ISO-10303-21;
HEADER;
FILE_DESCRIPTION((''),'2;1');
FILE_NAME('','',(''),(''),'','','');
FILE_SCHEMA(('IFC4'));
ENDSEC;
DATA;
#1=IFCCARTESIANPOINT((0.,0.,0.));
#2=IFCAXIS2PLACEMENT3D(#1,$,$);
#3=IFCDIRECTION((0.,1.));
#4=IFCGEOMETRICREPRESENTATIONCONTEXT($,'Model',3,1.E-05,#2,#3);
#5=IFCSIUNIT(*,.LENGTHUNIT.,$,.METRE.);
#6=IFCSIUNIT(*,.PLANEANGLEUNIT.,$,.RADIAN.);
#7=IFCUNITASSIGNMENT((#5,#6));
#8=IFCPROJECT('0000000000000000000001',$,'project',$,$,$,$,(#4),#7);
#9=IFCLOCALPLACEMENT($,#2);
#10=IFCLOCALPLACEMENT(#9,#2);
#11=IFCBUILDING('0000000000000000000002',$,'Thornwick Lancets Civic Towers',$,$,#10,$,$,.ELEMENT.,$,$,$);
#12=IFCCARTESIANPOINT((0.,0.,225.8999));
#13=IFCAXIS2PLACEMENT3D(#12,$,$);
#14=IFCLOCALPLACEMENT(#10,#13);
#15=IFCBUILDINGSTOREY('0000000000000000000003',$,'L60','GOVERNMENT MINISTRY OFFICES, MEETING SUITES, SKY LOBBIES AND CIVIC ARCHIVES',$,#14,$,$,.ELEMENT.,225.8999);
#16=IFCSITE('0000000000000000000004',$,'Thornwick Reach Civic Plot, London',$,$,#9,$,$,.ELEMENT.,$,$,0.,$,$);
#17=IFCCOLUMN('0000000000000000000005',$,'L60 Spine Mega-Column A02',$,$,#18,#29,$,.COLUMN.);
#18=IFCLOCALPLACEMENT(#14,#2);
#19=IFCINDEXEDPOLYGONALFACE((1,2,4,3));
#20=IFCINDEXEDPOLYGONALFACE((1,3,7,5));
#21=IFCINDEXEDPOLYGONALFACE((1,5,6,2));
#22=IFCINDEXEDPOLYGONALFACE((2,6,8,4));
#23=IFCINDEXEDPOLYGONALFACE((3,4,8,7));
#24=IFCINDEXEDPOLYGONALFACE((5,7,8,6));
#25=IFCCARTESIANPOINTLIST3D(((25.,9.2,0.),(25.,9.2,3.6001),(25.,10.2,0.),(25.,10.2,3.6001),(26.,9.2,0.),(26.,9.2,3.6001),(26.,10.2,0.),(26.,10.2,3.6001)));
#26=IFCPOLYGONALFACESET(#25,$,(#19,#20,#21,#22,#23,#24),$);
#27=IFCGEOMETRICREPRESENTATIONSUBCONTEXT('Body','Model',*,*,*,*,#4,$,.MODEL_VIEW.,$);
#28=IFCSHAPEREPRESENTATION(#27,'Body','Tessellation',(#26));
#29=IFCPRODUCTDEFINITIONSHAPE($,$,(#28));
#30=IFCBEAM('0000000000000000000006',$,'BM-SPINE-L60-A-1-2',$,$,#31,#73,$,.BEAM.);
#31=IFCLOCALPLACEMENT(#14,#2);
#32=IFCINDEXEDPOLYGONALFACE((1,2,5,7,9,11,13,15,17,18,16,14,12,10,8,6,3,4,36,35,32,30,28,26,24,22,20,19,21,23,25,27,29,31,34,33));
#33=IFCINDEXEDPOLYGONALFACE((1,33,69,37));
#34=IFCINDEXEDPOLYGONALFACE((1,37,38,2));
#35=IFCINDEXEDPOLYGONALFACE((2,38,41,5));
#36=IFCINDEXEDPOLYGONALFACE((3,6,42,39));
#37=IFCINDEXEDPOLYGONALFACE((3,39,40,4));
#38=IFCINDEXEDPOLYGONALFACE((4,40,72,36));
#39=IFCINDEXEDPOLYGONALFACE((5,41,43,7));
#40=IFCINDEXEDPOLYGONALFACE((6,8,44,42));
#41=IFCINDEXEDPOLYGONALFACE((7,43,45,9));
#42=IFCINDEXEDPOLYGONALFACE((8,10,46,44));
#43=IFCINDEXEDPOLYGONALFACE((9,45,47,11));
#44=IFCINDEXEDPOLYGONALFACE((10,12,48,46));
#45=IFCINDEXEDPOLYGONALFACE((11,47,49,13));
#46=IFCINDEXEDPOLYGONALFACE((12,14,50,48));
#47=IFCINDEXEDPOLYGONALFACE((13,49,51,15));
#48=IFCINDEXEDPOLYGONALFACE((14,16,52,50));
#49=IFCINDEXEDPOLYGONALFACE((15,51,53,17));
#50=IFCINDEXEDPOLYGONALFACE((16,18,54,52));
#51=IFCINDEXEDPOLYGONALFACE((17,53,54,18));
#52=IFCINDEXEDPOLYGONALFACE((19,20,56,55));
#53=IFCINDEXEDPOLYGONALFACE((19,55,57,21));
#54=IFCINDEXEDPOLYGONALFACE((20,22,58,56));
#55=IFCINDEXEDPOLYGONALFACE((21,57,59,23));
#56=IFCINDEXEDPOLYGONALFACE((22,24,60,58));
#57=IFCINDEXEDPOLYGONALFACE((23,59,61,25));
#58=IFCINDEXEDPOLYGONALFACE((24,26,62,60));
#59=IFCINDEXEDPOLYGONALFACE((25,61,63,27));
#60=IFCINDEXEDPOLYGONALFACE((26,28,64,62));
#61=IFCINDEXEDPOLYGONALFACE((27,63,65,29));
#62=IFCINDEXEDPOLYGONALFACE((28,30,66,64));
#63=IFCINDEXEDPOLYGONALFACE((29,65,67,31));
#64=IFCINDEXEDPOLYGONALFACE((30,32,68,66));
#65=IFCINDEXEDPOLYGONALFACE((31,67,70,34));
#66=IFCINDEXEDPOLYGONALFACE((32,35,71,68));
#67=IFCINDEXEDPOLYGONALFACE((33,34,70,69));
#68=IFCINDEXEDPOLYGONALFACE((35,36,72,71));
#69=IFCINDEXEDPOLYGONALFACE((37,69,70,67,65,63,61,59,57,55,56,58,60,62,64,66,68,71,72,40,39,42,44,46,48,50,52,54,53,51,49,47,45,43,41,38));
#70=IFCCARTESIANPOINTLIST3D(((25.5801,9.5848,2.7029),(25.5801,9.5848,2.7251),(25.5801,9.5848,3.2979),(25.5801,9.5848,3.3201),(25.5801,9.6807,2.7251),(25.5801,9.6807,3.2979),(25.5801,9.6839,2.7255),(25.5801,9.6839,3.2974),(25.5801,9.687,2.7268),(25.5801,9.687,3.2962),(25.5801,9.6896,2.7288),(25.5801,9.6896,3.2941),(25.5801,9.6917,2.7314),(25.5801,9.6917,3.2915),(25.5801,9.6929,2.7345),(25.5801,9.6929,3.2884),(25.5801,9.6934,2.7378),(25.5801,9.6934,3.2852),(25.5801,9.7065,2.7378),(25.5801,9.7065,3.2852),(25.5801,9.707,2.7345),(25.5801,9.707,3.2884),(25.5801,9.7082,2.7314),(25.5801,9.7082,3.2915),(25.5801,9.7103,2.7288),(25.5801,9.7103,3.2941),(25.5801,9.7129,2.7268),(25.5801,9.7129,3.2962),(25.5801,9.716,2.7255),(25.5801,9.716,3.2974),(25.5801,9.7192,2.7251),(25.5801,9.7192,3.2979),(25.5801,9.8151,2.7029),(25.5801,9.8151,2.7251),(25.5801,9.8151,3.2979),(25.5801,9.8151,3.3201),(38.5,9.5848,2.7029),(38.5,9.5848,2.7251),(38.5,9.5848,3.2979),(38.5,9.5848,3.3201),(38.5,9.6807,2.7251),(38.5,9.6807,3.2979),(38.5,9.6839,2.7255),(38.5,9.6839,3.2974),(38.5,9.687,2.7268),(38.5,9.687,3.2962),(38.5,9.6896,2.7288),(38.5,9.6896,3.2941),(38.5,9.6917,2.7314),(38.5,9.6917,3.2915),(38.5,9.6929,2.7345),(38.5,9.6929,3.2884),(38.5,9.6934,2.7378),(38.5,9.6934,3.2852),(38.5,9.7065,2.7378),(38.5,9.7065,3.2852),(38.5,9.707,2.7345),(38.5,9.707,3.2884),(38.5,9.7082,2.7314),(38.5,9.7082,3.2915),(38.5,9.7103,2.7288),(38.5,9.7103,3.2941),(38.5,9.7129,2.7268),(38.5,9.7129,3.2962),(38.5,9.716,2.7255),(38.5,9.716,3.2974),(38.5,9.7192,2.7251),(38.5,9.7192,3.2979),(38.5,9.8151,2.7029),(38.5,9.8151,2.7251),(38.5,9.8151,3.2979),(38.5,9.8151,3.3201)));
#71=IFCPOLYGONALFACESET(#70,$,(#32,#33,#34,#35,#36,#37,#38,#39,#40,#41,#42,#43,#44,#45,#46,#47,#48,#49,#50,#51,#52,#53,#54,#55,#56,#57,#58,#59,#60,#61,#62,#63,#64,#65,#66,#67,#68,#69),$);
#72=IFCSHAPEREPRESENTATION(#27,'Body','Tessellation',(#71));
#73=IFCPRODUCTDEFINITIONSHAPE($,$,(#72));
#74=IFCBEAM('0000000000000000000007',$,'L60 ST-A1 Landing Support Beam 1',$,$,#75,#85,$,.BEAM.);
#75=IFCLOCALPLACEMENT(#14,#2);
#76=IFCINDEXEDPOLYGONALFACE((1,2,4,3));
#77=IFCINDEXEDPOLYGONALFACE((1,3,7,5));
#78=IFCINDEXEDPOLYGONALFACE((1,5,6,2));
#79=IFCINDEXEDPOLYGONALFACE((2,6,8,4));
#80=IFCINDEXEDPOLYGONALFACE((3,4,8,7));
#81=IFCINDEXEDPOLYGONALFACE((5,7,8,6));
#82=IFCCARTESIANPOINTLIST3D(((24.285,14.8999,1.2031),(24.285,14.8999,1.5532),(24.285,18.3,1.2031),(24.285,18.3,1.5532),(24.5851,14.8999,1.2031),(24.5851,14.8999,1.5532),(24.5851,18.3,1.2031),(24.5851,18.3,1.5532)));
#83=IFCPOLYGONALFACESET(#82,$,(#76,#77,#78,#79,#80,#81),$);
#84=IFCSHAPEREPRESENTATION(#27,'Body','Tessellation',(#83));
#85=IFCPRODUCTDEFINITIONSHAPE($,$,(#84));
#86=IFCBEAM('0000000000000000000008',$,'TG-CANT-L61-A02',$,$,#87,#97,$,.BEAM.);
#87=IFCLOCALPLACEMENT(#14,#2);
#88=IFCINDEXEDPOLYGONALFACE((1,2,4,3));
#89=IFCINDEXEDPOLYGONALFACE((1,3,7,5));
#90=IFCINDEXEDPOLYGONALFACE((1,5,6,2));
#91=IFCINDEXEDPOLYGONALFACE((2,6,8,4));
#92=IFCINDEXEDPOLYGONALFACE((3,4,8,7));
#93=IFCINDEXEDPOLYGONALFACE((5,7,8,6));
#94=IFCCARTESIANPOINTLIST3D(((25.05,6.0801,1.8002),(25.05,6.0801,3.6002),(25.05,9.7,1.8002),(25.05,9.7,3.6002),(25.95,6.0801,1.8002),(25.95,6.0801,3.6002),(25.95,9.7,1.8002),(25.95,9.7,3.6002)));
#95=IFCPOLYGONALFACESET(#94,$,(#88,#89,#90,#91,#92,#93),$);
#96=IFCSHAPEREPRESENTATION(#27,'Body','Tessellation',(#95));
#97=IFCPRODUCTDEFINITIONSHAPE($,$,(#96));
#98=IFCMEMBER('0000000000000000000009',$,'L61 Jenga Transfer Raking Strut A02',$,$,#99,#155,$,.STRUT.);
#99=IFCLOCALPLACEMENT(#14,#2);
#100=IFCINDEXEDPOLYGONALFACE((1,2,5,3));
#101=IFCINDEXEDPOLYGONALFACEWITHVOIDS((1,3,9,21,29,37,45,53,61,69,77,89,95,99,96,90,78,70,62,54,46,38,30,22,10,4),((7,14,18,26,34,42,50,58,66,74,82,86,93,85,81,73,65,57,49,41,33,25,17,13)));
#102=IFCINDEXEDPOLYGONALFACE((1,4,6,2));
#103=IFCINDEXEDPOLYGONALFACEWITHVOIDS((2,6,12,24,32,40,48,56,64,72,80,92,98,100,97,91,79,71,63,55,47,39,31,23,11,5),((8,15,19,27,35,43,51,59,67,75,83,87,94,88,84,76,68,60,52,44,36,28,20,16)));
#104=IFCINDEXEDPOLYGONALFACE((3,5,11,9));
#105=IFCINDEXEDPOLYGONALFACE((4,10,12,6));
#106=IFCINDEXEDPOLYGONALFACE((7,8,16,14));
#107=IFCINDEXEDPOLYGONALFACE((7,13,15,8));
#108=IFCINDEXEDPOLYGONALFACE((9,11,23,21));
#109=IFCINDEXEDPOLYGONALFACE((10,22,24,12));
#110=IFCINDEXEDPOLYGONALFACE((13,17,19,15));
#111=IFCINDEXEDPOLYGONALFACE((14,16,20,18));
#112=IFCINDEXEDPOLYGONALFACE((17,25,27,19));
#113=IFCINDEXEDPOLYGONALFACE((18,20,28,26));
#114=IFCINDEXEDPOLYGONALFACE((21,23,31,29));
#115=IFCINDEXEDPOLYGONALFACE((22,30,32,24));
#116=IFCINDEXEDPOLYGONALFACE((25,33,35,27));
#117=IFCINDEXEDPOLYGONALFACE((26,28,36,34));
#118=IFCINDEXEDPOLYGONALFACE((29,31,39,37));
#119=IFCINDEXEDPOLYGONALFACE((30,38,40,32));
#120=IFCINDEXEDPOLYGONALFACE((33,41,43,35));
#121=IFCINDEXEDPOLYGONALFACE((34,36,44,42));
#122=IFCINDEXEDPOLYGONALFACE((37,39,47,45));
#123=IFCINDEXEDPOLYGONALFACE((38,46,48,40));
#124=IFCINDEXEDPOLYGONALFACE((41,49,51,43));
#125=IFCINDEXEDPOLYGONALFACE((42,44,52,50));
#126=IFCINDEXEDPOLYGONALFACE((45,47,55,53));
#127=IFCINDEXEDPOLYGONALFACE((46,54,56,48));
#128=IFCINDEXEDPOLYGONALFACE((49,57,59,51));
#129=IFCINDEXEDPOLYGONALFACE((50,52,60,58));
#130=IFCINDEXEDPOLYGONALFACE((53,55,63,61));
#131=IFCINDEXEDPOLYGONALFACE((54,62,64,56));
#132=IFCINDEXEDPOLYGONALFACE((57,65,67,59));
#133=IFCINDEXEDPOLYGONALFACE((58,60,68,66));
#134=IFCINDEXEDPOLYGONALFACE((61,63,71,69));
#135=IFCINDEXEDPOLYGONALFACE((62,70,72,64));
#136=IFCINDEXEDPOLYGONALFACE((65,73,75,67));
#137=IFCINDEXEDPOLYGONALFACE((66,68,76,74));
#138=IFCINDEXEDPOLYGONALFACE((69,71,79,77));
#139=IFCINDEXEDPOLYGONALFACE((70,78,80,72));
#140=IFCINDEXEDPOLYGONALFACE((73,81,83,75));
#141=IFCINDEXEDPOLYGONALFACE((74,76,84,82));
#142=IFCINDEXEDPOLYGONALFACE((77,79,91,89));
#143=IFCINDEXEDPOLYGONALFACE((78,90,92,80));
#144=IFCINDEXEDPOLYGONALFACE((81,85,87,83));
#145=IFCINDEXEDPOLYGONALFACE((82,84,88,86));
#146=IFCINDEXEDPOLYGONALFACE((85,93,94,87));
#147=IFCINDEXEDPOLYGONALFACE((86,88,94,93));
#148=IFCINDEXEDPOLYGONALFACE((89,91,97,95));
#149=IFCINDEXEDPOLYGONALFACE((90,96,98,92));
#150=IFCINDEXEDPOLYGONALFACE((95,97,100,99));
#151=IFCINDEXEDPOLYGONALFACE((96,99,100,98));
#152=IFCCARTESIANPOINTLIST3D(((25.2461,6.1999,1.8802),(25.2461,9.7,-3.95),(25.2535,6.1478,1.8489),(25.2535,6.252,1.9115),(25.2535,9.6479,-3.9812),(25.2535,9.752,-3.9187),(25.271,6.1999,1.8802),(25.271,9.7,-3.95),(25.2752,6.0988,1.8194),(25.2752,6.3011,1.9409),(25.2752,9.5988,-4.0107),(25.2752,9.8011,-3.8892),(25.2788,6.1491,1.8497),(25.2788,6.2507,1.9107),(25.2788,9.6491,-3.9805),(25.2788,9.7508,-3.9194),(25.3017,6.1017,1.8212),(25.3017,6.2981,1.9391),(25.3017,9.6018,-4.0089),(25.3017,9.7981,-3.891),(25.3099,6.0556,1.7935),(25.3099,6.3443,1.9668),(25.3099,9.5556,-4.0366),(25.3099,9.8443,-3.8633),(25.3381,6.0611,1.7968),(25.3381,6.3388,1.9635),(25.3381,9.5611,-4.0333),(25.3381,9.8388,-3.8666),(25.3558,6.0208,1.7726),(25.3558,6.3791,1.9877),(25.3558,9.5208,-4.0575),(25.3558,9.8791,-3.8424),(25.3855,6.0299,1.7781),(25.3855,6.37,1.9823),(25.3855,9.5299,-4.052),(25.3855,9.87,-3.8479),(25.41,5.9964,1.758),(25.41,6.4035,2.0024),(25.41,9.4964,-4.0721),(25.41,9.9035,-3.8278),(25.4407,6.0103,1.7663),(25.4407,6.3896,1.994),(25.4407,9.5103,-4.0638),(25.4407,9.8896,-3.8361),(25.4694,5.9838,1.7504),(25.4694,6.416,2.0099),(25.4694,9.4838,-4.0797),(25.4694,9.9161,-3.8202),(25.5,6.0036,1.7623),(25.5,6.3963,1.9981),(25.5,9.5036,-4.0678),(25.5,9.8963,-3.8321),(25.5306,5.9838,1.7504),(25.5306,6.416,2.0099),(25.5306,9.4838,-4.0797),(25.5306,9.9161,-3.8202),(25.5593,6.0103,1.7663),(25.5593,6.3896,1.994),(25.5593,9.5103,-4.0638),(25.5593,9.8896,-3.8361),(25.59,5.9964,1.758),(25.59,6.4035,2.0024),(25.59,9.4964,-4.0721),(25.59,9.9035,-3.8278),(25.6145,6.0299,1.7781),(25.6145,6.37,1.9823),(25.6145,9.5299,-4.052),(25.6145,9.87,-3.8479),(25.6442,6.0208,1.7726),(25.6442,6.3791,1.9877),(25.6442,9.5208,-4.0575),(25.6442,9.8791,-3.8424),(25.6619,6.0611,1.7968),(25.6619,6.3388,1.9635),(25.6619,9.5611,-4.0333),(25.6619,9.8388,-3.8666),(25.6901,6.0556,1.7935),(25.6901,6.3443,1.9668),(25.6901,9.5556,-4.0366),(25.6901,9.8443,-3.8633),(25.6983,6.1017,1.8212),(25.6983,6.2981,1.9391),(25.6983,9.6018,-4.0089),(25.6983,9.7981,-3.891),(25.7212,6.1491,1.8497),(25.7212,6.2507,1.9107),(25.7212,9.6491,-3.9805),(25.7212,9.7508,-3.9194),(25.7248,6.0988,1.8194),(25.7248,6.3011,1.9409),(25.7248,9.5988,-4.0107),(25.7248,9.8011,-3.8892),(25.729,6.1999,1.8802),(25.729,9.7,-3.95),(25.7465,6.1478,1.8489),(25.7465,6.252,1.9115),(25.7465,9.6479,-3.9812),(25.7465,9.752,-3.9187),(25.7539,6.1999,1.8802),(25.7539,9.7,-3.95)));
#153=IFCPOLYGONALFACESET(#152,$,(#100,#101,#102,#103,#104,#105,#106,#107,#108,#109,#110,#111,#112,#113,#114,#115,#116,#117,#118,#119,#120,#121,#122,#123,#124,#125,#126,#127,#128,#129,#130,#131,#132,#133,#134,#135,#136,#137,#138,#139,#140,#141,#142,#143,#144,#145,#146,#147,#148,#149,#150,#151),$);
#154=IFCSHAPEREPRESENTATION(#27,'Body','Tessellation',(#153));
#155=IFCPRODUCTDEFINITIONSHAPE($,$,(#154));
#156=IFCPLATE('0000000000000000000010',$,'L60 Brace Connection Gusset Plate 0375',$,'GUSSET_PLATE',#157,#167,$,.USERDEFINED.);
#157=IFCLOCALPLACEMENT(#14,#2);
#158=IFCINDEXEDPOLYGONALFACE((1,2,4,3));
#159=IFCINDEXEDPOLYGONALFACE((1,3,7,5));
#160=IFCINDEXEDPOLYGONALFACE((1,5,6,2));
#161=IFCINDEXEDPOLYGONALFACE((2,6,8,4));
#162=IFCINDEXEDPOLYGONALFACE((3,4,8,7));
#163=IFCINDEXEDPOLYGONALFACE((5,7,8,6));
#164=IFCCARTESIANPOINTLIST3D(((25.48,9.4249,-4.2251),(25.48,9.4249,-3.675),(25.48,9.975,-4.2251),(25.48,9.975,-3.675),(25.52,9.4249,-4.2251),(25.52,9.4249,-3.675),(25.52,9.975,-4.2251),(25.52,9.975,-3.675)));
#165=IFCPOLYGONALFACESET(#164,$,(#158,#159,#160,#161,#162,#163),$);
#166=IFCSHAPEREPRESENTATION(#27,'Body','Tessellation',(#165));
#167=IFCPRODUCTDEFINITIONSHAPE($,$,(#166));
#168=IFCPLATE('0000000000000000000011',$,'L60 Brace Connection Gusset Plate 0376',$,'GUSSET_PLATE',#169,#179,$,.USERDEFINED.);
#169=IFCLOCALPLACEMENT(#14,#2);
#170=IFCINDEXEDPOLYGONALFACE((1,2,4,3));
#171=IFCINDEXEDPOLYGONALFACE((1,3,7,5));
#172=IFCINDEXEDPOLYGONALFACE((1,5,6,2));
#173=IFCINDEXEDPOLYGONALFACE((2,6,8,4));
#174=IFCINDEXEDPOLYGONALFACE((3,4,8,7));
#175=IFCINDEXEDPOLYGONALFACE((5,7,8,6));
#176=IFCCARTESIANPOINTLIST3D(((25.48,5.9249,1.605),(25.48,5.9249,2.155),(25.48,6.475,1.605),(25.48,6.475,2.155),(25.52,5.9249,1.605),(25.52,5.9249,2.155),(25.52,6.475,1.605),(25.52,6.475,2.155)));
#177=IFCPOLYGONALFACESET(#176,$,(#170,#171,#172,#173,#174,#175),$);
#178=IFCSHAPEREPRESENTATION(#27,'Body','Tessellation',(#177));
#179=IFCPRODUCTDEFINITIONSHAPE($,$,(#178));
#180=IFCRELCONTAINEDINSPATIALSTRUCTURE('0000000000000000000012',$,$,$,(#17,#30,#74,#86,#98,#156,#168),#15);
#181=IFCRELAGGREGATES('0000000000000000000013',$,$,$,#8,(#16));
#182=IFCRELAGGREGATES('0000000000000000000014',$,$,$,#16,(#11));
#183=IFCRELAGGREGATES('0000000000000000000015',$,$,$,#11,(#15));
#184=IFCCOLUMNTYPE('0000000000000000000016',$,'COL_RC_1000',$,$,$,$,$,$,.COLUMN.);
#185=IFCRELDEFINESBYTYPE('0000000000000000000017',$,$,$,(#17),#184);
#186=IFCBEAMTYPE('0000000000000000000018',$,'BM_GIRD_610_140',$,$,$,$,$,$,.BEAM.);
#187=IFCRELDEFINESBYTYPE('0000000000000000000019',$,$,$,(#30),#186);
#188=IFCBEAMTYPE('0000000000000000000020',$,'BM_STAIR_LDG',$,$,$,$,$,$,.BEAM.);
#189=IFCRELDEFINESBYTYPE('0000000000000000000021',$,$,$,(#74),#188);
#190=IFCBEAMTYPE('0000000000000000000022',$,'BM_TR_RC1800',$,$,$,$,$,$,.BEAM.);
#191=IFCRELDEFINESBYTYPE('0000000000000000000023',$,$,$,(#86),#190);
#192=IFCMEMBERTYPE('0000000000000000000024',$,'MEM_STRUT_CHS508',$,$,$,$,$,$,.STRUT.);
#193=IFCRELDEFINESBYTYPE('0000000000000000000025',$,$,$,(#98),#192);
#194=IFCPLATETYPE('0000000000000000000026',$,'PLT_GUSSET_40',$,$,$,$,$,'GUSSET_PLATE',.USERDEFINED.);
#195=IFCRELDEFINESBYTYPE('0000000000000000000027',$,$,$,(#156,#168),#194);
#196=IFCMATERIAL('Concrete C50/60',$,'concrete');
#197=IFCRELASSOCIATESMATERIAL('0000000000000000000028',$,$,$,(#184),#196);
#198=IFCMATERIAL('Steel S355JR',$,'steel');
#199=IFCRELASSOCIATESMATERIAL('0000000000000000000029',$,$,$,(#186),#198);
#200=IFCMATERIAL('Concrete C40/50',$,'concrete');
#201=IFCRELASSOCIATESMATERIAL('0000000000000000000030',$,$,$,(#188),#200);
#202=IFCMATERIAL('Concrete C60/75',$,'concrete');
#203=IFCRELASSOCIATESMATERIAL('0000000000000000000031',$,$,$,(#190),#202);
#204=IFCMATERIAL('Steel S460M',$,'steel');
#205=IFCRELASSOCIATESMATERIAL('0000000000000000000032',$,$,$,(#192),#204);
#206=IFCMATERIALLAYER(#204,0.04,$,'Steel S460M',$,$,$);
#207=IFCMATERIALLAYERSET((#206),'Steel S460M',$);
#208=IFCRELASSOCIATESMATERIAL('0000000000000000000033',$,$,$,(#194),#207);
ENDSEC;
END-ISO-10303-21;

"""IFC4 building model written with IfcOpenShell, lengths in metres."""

from ifc_helpers import new_model, si_unit, direction, frame, origin, origin_2d, place, context, subcontext, project, spatial, rectangle, hollow_circle, i_section, extrude, material, layer, layer_set, material_profile, profile_set, type_object, element, save


model = new_model("IFC4")

# Units and contexts
model_context = context("Model", 3, precision=1e-05, world=origin(), true_north=direction((0.0, 1.0)))
body_context = subcontext(model_context, "Body", "Model", "MODEL_VIEW")
ifc_project = project(units=[si_unit("LENGTHUNIT", "METRE"), si_unit("PLANEANGLEUNIT", "RADIAN")], contexts=[model_context])

# Site, building, storey
site_placement = place(None, origin())
site = spatial("IfcSite", under=ifc_project, at=site_placement, Name="Thornwick Reach Civic Plot, London", CompositionType="ELEMENT", RefElevation=0.0)
building_placement = place(site_placement, origin())
building = spatial("IfcBuilding", under=site, at=building_placement, Name="Thornwick Lancets Civic Towers", CompositionType="ELEMENT")
storey_placement = place(building_placement, frame((0.0, 0.0, 225.8999)))
storey = spatial("IfcBuildingStorey", under=building, at=storey_placement, Name="L60", Description="GOVERNMENT MINISTRY OFFICES, MEETING SUITES, SKY LOBBIES AND CIVIC ARCHIVES", CompositionType="ELEMENT", Elevation=225.8999)

# Column
ifc_material_1 = material(Name="Concrete C50/60", Category="concrete")
ifc_material_profile_1 = material_profile(ifc_material_1, rectangle(XDim=1.0, YDim=1.0, at=origin_2d()), Name="RC 1000x1000")
ifc_profile_set_1 = profile_set([ifc_material_profile_1], Name="Concrete C50/60")
column_type = type_object("IfcColumnType", Name="COL_RC_1000", PredefinedType="COLUMN", material=ifc_profile_set_1)
column_placement = place(storey_placement, frame((25.5, 9.7, 0.0), z_axis=(0.0, 0.0, 1.0), x_axis=(1.0, 0.0, 0.0)))
element("IfcColumn", 1, at=column_placement, inside=storey, type_object=column_type, Name="L60 Spine Mega-Column A02", PredefinedType="COLUMN", context=body_context, shape_type="SweptSolid", body=[
    extrude(rectangle(XDim=1.0, YDim=1.0, at=origin_2d()), origin(), (0.0, 0.0, 1.0), 3.6001),
])

# Beams
ifc_material_2 = material(Name="Steel S355JR", Category="steel")
ifc_material_profile_2 = material_profile(ifc_material_2, i_section(OverallWidth=0.2302, OverallDepth=0.6172, WebThickness=0.0132, FlangeThickness=0.0222, FilletRadius=0.0127, at=origin_2d()), Name="UKB 610x229x140")
ifc_profile_set_2 = profile_set([ifc_material_profile_2], Name="Steel S355JR")
beam_type_1 = type_object("IfcBeamType", Name="BM_GIRD_610_140", PredefinedType="BEAM", material=ifc_profile_set_2)
beam_1_placement = place(storey_placement, frame((25.5801, 9.7, 3.0115), z_axis=(1.0, 0.0, 0.0), x_axis=(0.0, 1.0, 0.0)))
element("IfcBeam", 2, at=beam_1_placement, inside=storey, type_object=beam_type_1, Name="BM-SPINE-L60-A-1-2", PredefinedType="BEAM", context=body_context, shape_type="SweptSolid", body=[
    extrude(i_section(OverallWidth=0.2302, OverallDepth=0.6172, WebThickness=0.0132, FlangeThickness=0.0222, FilletRadius=0.0127, at=origin_2d()), origin(), (0.0, 0.0, 1.0), 12.9199),
])
ifc_material_3 = material(Name="Concrete C40/50", Category="concrete")
ifc_material_profile_3 = material_profile(ifc_material_3, rectangle(XDim=0.3, YDim=0.3501, at=origin_2d()), Name="RC 300x350")
ifc_profile_set_3 = profile_set([ifc_material_profile_3], Name="Concrete C40/50")
beam_type_2 = type_object("IfcBeamType", Name="BM_STAIR_LDG", PredefinedType="BEAM", material=ifc_profile_set_3)
beam_2_placement = place(storey_placement, frame((24.4351, 14.8999, 1.3782), z_axis=(0.0, 1.0, 0.0), x_axis=(-1.0, 0.0, 0.0)))
element("IfcBeam", 3, at=beam_2_placement, inside=storey, type_object=beam_type_2, Name="L60 ST-A1 Landing Support Beam 1", PredefinedType="BEAM", context=body_context, shape_type="SweptSolid", body=[
    extrude(rectangle(XDim=0.3, YDim=0.3501, at=origin_2d()), origin(), (0.0, 0.0, 1.0), 3.4001),
])
ifc_material_4 = material(Name="Concrete C60/75", Category="concrete")
ifc_material_profile_4 = material_profile(ifc_material_4, rectangle(XDim=0.8999, YDim=1.8, at=origin_2d()), Name="RC 900x1800")
ifc_profile_set_4 = profile_set([ifc_material_profile_4], Name="Concrete C60/75")
beam_type_3 = type_object("IfcBeamType", Name="BM_TR_RC1800", PredefinedType="BEAM", material=ifc_profile_set_4)
beam_3_placement = place(storey_placement, frame((25.5, 9.7, 2.7002), z_axis=(0.0, -1.0, 0.0), x_axis=(1.0, 0.0, 0.0)))
element("IfcBeam", 4, at=beam_3_placement, inside=storey, type_object=beam_type_3, Name="TG-CANT-L61-A02", PredefinedType="BEAM", context=body_context, shape_type="SweptSolid", body=[
    extrude(rectangle(XDim=0.8999, YDim=1.8, at=origin_2d()), origin(), (0.0, 0.0, 1.0), 3.6199),
])

# Member
ifc_material_5 = material(Name="Steel S460M", Category="steel")
ifc_material_profile_5 = material_profile(ifc_material_5, hollow_circle(Radius=0.2539, WallThickness=0.0249, at=origin_2d()), Name="CHS 508x25")
ifc_profile_set_5 = profile_set([ifc_material_profile_5], Name="Steel S460M")
member_type = type_object("IfcMemberType", Name="MEM_STRUT_CHS508", PredefinedType="STRUT", material=ifc_profile_set_5)
member_placement = place(storey_placement, frame((25.5, 9.7, -3.95), z_axis=(0.0, -0.514707, 0.857366), x_axis=(1.0, 0.0, 0.0)))
element("IfcMember", 5, at=member_placement, inside=storey, type_object=member_type, Name="L61 Jenga Transfer Raking Strut A02", PredefinedType="STRUT", context=body_context, shape_type="SweptSolid", body=[
    extrude(hollow_circle(Radius=0.2539, WallThickness=0.0249, at=origin_2d()), origin(), (0.0, 0.0, 1.0), 6.8),
])

# Plates
ifc_layer_1 = layer(ifc_material_5, 0.04, Name="Steel S460M")
ifc_layer_set_1 = layer_set([ifc_layer_1], Name="Steel S460M")
plate_type = type_object("IfcPlateType", Name="PLT_GUSSET_40", ElementType="GUSSET_PLATE", PredefinedType="USERDEFINED", material=ifc_layer_set_1)
for number, where, z_axis, x_axis, name in (
    (6, (25.5, 9.7, -4.2251), (0.0, 0.0, 1.0), (0.0, -1.0, 0.0), "L60 Brace Connection Gusset Plate 0375"),
    (7, (25.5, 6.2, 1.605), (0.0, 0.0, 1.0), (0.0, -1.0, 0.0), "L60 Brace Connection Gusset Plate 0376"),
):
    element("IfcPlate", number, at=place(storey_placement, frame(where, z_axis=z_axis, x_axis=x_axis)), inside=storey, type_object=plate_type, Name=name, ObjectType="GUSSET_PLATE", PredefinedType="USERDEFINED", context=body_context, shape_type="SweptSolid", body=[
        extrude(rectangle(XDim=0.55, YDim=0.04, at=origin_2d()), origin(), (0.0, 0.0, 1.0), 0.55),
    ])

save(model, "model.ifc")
